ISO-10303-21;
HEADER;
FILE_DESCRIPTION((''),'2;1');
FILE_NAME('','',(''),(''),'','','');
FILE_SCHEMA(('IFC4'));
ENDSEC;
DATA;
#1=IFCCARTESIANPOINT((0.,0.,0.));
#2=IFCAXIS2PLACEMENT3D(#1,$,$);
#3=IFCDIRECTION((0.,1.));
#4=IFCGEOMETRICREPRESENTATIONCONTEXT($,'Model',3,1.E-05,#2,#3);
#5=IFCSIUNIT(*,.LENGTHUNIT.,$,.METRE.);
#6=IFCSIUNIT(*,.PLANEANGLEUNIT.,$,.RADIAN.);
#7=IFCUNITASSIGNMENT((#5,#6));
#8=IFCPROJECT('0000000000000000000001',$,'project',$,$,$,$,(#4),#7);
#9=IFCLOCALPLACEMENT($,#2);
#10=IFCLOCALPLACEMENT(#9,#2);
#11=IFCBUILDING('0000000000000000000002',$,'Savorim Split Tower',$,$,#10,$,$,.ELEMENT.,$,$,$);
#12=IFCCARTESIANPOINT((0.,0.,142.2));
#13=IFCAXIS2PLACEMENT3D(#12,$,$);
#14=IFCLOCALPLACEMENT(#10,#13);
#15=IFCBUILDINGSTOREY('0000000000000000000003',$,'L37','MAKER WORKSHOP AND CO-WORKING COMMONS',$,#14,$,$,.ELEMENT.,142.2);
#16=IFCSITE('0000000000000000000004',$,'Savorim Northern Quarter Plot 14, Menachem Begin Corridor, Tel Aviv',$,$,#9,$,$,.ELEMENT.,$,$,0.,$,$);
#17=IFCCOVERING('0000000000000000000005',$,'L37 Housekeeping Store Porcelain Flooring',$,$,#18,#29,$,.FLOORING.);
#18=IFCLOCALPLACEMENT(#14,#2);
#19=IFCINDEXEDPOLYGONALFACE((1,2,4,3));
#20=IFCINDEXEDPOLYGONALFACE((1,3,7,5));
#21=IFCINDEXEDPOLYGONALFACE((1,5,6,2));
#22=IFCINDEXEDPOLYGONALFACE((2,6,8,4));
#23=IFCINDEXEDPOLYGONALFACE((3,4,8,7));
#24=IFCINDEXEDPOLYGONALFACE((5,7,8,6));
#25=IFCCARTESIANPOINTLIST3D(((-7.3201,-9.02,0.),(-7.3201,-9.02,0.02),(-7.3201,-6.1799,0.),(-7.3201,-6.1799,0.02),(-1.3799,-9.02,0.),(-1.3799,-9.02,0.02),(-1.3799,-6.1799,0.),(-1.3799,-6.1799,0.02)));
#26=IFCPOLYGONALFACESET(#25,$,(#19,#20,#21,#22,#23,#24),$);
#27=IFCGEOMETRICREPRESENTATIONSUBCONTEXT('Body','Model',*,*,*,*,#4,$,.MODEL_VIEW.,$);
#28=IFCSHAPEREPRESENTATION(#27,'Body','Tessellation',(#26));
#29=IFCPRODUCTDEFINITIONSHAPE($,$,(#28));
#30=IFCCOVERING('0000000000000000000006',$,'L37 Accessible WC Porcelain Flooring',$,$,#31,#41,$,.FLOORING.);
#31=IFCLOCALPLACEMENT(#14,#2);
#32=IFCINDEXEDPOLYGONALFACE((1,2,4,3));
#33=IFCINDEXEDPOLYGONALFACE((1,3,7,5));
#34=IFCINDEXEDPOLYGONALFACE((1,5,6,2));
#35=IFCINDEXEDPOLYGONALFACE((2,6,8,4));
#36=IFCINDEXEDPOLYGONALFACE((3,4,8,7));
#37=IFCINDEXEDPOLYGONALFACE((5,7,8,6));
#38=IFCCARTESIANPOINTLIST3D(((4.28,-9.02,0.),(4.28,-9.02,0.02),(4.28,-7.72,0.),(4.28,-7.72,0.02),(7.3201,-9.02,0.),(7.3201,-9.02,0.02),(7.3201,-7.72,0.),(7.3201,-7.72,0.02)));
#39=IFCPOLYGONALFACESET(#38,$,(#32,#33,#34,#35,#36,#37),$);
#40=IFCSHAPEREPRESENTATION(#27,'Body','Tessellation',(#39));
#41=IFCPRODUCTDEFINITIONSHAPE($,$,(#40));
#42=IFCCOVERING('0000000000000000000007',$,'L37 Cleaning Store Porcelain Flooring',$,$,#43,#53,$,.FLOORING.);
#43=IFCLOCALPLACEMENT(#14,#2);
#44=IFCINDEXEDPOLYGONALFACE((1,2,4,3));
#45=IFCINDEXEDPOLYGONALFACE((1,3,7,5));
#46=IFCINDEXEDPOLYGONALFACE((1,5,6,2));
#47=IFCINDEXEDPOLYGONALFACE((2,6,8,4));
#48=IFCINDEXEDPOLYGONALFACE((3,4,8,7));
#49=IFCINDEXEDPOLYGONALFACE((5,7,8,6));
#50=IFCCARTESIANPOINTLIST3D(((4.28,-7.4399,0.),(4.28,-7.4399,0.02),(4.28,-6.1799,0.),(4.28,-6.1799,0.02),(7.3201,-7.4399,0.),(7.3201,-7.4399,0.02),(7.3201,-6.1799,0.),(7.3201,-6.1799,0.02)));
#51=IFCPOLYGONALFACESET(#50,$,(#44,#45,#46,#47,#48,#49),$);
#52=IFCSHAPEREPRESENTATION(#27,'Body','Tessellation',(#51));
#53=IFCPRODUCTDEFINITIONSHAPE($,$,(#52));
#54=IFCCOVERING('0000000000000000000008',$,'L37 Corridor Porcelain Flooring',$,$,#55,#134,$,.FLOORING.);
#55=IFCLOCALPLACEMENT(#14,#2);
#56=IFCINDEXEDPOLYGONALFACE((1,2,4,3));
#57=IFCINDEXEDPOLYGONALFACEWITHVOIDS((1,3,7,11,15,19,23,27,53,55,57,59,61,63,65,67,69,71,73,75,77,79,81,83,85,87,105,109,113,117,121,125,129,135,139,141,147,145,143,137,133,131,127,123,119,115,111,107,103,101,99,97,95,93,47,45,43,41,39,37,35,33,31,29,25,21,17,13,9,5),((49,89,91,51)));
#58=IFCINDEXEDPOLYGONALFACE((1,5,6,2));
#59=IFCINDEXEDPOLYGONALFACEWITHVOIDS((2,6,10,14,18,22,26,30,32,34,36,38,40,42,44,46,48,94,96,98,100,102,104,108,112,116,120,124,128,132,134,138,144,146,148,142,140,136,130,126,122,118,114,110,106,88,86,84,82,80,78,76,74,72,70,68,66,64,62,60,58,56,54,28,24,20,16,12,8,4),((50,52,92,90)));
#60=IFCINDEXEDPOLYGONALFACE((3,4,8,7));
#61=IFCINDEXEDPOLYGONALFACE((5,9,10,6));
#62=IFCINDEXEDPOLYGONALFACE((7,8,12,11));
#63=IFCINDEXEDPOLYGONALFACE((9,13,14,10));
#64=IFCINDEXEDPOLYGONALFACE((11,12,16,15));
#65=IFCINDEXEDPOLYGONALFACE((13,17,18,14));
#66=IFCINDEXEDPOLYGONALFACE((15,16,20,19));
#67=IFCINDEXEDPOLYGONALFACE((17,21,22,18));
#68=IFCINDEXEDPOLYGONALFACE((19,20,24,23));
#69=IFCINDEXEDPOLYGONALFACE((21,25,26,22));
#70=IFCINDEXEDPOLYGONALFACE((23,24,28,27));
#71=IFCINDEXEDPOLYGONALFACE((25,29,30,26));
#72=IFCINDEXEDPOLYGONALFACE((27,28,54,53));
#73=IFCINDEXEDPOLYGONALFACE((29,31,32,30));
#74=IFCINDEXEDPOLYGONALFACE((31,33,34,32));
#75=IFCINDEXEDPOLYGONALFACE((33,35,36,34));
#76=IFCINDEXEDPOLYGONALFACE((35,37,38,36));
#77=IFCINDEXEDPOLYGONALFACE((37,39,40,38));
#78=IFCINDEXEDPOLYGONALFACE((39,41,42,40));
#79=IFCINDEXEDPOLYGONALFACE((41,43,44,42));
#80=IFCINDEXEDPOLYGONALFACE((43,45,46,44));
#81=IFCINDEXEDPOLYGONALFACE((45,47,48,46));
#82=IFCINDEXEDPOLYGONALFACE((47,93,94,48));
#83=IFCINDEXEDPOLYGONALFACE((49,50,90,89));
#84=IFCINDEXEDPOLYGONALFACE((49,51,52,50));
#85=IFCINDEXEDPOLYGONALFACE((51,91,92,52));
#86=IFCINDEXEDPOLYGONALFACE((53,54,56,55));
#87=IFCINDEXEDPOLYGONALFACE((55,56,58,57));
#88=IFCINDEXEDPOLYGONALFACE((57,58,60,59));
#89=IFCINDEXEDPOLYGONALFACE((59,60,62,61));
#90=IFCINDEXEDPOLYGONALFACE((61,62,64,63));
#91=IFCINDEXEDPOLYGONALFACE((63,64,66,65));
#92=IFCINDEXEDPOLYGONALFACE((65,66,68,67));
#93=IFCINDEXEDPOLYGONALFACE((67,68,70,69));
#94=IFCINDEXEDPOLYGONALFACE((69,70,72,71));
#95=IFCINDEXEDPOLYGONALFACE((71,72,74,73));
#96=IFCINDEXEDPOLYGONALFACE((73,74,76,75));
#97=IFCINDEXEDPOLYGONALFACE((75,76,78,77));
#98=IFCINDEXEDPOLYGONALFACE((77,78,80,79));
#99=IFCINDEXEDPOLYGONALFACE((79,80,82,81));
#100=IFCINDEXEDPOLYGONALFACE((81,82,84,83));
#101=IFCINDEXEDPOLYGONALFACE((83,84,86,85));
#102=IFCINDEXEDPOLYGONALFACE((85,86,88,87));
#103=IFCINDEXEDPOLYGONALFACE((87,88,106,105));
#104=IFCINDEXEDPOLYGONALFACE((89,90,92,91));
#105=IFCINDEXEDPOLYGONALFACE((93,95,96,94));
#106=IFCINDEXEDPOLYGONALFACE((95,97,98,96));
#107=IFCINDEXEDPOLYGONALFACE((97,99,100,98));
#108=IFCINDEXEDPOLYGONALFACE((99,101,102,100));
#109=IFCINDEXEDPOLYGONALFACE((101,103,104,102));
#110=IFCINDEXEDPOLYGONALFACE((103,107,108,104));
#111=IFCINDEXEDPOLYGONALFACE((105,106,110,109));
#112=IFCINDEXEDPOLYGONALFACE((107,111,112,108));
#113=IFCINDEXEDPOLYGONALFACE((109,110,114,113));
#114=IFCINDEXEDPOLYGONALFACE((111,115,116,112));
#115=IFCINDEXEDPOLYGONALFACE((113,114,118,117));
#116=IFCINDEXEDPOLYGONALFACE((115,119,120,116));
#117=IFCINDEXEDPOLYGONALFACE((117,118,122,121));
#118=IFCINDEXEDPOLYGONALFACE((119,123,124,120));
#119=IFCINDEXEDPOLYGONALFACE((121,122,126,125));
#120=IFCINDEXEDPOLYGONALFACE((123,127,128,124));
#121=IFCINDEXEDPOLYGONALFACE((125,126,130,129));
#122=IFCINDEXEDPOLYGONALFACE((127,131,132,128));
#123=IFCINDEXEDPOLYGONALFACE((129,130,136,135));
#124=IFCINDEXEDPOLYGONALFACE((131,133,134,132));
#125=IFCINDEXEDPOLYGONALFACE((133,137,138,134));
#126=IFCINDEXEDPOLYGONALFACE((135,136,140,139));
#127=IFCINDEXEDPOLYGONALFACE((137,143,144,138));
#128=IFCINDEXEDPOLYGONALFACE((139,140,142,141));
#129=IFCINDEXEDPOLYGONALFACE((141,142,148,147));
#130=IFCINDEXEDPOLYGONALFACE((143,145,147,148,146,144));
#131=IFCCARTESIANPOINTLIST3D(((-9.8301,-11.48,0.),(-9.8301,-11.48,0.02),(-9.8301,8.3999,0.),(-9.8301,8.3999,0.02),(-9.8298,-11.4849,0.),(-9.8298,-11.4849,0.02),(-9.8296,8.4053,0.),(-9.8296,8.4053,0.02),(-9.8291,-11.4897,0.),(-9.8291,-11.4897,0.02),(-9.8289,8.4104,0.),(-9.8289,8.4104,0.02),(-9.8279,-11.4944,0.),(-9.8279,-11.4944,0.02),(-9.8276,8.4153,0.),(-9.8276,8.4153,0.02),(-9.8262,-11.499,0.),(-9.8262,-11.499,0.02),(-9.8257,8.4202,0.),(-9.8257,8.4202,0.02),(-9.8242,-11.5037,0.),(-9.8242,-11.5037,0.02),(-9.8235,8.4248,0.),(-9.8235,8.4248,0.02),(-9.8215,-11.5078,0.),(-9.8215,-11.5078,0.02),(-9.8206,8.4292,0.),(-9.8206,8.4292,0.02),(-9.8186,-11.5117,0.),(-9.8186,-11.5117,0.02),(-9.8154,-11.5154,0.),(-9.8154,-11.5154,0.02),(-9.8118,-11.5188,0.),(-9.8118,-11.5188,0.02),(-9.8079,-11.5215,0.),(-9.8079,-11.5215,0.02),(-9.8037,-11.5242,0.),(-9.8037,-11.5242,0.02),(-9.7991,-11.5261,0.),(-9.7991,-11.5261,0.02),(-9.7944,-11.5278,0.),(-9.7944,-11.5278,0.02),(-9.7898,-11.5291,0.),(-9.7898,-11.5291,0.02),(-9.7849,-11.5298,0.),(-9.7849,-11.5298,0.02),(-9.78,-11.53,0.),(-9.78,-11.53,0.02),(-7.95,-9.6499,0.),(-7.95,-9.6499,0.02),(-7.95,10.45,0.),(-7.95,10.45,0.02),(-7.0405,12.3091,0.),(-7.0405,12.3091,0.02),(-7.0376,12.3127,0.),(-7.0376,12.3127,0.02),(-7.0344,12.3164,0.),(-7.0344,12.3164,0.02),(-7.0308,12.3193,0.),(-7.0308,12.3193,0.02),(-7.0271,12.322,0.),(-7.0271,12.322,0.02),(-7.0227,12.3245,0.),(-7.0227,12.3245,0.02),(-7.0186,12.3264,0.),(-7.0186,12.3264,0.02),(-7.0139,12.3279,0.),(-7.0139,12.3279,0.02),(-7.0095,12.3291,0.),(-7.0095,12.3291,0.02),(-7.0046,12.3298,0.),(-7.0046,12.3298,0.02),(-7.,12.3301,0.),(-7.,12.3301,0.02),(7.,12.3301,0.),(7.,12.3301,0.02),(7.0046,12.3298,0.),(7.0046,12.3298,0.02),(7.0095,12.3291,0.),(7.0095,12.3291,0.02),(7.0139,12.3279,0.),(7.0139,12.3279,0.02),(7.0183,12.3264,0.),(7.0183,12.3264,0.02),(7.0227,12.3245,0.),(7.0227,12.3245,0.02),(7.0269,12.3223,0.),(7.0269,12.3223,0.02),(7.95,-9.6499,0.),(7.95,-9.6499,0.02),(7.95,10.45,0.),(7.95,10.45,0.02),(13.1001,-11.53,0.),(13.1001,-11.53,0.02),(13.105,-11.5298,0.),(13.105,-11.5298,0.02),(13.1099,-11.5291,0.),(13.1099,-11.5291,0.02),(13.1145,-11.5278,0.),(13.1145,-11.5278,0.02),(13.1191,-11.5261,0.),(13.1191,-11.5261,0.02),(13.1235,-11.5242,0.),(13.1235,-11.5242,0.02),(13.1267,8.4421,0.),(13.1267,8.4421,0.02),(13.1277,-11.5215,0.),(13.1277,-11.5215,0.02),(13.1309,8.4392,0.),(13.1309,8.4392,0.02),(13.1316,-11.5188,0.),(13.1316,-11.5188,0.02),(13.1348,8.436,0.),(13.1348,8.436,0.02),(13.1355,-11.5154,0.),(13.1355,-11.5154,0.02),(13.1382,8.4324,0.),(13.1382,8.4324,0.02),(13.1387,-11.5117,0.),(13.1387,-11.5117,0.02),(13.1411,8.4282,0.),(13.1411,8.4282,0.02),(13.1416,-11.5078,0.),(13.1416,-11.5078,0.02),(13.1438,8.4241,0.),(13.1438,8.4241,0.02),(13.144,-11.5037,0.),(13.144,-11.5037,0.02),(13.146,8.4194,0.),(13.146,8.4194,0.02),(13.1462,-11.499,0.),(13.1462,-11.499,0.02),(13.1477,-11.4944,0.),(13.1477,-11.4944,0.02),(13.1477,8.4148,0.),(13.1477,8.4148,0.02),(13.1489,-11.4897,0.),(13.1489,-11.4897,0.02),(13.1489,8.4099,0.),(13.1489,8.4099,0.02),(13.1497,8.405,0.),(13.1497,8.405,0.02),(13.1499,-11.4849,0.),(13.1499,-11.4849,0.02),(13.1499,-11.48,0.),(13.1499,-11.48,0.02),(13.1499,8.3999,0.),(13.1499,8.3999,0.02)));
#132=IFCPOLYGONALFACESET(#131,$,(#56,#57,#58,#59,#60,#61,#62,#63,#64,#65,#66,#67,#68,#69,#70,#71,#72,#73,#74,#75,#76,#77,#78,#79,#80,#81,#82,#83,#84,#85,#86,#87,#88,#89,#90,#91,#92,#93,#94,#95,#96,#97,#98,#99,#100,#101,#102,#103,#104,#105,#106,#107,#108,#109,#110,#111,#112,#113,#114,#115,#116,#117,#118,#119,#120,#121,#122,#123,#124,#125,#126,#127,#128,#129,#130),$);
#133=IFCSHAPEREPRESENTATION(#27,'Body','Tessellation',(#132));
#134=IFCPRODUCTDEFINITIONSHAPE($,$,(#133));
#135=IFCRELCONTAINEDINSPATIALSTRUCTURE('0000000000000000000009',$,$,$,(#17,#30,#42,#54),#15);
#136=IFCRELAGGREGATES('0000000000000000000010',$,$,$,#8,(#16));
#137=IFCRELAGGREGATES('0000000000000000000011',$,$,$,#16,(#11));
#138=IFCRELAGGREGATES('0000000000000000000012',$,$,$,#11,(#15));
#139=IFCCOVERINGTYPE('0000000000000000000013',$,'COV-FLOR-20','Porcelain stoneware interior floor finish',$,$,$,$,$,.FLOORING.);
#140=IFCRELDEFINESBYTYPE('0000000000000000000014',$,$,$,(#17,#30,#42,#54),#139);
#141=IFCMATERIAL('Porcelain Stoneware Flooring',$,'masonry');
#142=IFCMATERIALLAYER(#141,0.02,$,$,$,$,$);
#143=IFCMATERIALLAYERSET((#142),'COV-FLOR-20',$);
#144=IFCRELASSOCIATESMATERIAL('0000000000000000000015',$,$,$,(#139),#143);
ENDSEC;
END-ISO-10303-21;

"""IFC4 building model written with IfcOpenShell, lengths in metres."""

from ifc_helpers import new_model, si_unit, direction, frame, origin, place, context, subcontext, project, spatial, polyline, outline, extrude, material, layer, layer_set, type_object, element, save


model = new_model("IFC4")

# Units and contexts
model_context = context("Model", 3, precision=1e-05, world=origin(), true_north=direction((0.0, 1.0)))
body_context = subcontext(model_context, "Body", "Model", "MODEL_VIEW")
ifc_project = project(units=[si_unit("LENGTHUNIT", "METRE"), si_unit("PLANEANGLEUNIT", "RADIAN")], contexts=[model_context])

# Site, building, storey
site_placement = place(None, origin())
site = spatial("IfcSite", under=ifc_project, at=site_placement, Name="Savorim Northern Quarter Plot 14, Menachem Begin Corridor, Tel Aviv", CompositionType="ELEMENT", RefElevation=0.0)
building_placement = place(site_placement, origin())
building = spatial("IfcBuilding", under=site, at=building_placement, Name="Savorim Split Tower", CompositionType="ELEMENT")
storey_placement = place(building_placement, frame((0.0, 0.0, 142.2)))
storey = spatial("IfcBuildingStorey", under=building, at=storey_placement, Name="L37", Description="MAKER WORKSHOP AND CO-WORKING COMMONS", CompositionType="ELEMENT", Elevation=142.2)

# Coverings
ifc_material_1 = material(Name="Porcelain Stoneware Flooring", Category="masonry")
ifc_layer_1 = layer(ifc_material_1, 0.02)
ifc_layer_set_1 = layer_set([ifc_layer_1], Name="COV-FLOR-20")
covering_type_1 = type_object("IfcCoveringType", Name="COV-FLOR-20", Description="Porcelain stoneware interior floor finish", PredefinedType="FLOORING", material=ifc_layer_set_1)
covering_1_placement = place(storey_placement, origin())
element("IfcCovering", 1, at=covering_1_placement, inside=storey, type_object=covering_type_1, Name="L37 Housekeeping Store Porcelain Flooring", PredefinedType="FLOORING", context=body_context, shape_type="SweptSolid", body=[
    extrude(outline(polyline([(-7.3201, -6.1799), (-7.3201, -9.02), (-1.3799, -9.02), (-1.3799, -6.1799), (-7.3201, -6.1799)])), origin(), (0.0, 0.0, 1.0), 0.02),
])
covering_2_placement = place(storey_placement, origin())
element("IfcCovering", 2, at=covering_2_placement, inside=storey, type_object=covering_type_1, Name="L37 Accessible WC Porcelain Flooring", PredefinedType="FLOORING", context=body_context, shape_type="SweptSolid", body=[
    extrude(outline(polyline([(4.28, -7.72), (4.28, -9.02), (7.3201, -9.02), (7.3201, -7.72), (4.28, -7.72)])), origin(), (0.0, 0.0, 1.0), 0.02),
])
covering_3_placement = place(storey_placement, origin())
element("IfcCovering", 3, at=covering_3_placement, inside=storey, type_object=covering_type_1, Name="L37 Cleaning Store Porcelain Flooring", PredefinedType="FLOORING", context=body_context, shape_type="SweptSolid", body=[
    extrude(outline(polyline([(4.28, -6.1799), (4.28, -7.4399), (7.3201, -7.4399), (7.3201, -6.1799), (4.28, -6.1799)])), origin(), (0.0, 0.0, 1.0), 0.02),
])
covering_4_placement = place(storey_placement, origin())
element("IfcCovering", 4, at=covering_4_placement, inside=storey, type_object=covering_type_1, Name="L37 Corridor Porcelain Flooring", PredefinedType="FLOORING", context=body_context, shape_type="SweptSolid", body=[
    extrude(outline(polyline([(7.0095, 12.3291), (7.0046, 12.3298), (7.0, 12.3301), (-7.0, 12.3301), (-7.0046, 12.3298), (-7.0095, 12.3291), (-7.0139, 12.3279), (-7.0186, 12.3264), (-7.0227, 12.3245), (-7.0271, 12.322), (-7.0308, 12.3193), (-7.0344, 12.3164), (-7.0376, 12.3127), (-7.0405, 12.3091), (-9.8206, 8.4292), (-9.8235, 8.4248), (-9.8257, 8.4202), (-9.8276, 8.4153), (-9.8289, 8.4104), (-9.8296, 8.4053), (-9.8301, 8.3999), (-9.8301, -11.48), (-9.8298, -11.4849), (-9.8291, -11.4897), (-9.8279, -11.4944), (-9.8262, -11.499), (-9.8242, -11.5037), (-9.8215, -11.5078), (-9.8186, -11.5117), (-9.8154, -11.5154), (-9.8118, -11.5188), (-9.8079, -11.5215), (-9.8037, -11.5242), (-9.7991, -11.5261), (-9.7944, -11.5278), (-9.7898, -11.5291), (-9.7849, -11.5298), (-9.78, -11.53), (13.1001, -11.53), (13.105, -11.5298), (13.1099, -11.5291), (13.1145, -11.5278), (13.1191, -11.5261), (13.1235, -11.5242), (13.1277, -11.5215), (13.1316, -11.5188), (13.1355, -11.5154), (13.1387, -11.5117), (13.1416, -11.5078), (13.144, -11.5037), (13.1462, -11.499), (13.1477, -11.4944), (13.1489, -11.4897), (13.1499, -11.4849), (13.1499, -11.48), (13.1499, 8.3999), (13.1497, 8.405), (13.1489, 8.4099), (13.1477, 8.4148), (13.146, 8.4194), (13.1438, 8.4241), (13.1411, 8.4282), (13.1382, 8.4324), (13.1348, 8.436), (13.1309, 8.4392), (13.1267, 8.4421), (7.0269, 12.3223), (7.0227, 12.3245), (7.0183, 12.3264), (7.0139, 12.3279), (7.0095, 12.3291)]), holes=[polyline([(-7.95, 10.45), (-7.95, -9.6499), (7.95, -9.6499), (7.95, 10.45), (-7.95, 10.45)])]), origin(), (0.0, 0.0, 1.0), 0.02),
])

save(model, "model.ifc")
